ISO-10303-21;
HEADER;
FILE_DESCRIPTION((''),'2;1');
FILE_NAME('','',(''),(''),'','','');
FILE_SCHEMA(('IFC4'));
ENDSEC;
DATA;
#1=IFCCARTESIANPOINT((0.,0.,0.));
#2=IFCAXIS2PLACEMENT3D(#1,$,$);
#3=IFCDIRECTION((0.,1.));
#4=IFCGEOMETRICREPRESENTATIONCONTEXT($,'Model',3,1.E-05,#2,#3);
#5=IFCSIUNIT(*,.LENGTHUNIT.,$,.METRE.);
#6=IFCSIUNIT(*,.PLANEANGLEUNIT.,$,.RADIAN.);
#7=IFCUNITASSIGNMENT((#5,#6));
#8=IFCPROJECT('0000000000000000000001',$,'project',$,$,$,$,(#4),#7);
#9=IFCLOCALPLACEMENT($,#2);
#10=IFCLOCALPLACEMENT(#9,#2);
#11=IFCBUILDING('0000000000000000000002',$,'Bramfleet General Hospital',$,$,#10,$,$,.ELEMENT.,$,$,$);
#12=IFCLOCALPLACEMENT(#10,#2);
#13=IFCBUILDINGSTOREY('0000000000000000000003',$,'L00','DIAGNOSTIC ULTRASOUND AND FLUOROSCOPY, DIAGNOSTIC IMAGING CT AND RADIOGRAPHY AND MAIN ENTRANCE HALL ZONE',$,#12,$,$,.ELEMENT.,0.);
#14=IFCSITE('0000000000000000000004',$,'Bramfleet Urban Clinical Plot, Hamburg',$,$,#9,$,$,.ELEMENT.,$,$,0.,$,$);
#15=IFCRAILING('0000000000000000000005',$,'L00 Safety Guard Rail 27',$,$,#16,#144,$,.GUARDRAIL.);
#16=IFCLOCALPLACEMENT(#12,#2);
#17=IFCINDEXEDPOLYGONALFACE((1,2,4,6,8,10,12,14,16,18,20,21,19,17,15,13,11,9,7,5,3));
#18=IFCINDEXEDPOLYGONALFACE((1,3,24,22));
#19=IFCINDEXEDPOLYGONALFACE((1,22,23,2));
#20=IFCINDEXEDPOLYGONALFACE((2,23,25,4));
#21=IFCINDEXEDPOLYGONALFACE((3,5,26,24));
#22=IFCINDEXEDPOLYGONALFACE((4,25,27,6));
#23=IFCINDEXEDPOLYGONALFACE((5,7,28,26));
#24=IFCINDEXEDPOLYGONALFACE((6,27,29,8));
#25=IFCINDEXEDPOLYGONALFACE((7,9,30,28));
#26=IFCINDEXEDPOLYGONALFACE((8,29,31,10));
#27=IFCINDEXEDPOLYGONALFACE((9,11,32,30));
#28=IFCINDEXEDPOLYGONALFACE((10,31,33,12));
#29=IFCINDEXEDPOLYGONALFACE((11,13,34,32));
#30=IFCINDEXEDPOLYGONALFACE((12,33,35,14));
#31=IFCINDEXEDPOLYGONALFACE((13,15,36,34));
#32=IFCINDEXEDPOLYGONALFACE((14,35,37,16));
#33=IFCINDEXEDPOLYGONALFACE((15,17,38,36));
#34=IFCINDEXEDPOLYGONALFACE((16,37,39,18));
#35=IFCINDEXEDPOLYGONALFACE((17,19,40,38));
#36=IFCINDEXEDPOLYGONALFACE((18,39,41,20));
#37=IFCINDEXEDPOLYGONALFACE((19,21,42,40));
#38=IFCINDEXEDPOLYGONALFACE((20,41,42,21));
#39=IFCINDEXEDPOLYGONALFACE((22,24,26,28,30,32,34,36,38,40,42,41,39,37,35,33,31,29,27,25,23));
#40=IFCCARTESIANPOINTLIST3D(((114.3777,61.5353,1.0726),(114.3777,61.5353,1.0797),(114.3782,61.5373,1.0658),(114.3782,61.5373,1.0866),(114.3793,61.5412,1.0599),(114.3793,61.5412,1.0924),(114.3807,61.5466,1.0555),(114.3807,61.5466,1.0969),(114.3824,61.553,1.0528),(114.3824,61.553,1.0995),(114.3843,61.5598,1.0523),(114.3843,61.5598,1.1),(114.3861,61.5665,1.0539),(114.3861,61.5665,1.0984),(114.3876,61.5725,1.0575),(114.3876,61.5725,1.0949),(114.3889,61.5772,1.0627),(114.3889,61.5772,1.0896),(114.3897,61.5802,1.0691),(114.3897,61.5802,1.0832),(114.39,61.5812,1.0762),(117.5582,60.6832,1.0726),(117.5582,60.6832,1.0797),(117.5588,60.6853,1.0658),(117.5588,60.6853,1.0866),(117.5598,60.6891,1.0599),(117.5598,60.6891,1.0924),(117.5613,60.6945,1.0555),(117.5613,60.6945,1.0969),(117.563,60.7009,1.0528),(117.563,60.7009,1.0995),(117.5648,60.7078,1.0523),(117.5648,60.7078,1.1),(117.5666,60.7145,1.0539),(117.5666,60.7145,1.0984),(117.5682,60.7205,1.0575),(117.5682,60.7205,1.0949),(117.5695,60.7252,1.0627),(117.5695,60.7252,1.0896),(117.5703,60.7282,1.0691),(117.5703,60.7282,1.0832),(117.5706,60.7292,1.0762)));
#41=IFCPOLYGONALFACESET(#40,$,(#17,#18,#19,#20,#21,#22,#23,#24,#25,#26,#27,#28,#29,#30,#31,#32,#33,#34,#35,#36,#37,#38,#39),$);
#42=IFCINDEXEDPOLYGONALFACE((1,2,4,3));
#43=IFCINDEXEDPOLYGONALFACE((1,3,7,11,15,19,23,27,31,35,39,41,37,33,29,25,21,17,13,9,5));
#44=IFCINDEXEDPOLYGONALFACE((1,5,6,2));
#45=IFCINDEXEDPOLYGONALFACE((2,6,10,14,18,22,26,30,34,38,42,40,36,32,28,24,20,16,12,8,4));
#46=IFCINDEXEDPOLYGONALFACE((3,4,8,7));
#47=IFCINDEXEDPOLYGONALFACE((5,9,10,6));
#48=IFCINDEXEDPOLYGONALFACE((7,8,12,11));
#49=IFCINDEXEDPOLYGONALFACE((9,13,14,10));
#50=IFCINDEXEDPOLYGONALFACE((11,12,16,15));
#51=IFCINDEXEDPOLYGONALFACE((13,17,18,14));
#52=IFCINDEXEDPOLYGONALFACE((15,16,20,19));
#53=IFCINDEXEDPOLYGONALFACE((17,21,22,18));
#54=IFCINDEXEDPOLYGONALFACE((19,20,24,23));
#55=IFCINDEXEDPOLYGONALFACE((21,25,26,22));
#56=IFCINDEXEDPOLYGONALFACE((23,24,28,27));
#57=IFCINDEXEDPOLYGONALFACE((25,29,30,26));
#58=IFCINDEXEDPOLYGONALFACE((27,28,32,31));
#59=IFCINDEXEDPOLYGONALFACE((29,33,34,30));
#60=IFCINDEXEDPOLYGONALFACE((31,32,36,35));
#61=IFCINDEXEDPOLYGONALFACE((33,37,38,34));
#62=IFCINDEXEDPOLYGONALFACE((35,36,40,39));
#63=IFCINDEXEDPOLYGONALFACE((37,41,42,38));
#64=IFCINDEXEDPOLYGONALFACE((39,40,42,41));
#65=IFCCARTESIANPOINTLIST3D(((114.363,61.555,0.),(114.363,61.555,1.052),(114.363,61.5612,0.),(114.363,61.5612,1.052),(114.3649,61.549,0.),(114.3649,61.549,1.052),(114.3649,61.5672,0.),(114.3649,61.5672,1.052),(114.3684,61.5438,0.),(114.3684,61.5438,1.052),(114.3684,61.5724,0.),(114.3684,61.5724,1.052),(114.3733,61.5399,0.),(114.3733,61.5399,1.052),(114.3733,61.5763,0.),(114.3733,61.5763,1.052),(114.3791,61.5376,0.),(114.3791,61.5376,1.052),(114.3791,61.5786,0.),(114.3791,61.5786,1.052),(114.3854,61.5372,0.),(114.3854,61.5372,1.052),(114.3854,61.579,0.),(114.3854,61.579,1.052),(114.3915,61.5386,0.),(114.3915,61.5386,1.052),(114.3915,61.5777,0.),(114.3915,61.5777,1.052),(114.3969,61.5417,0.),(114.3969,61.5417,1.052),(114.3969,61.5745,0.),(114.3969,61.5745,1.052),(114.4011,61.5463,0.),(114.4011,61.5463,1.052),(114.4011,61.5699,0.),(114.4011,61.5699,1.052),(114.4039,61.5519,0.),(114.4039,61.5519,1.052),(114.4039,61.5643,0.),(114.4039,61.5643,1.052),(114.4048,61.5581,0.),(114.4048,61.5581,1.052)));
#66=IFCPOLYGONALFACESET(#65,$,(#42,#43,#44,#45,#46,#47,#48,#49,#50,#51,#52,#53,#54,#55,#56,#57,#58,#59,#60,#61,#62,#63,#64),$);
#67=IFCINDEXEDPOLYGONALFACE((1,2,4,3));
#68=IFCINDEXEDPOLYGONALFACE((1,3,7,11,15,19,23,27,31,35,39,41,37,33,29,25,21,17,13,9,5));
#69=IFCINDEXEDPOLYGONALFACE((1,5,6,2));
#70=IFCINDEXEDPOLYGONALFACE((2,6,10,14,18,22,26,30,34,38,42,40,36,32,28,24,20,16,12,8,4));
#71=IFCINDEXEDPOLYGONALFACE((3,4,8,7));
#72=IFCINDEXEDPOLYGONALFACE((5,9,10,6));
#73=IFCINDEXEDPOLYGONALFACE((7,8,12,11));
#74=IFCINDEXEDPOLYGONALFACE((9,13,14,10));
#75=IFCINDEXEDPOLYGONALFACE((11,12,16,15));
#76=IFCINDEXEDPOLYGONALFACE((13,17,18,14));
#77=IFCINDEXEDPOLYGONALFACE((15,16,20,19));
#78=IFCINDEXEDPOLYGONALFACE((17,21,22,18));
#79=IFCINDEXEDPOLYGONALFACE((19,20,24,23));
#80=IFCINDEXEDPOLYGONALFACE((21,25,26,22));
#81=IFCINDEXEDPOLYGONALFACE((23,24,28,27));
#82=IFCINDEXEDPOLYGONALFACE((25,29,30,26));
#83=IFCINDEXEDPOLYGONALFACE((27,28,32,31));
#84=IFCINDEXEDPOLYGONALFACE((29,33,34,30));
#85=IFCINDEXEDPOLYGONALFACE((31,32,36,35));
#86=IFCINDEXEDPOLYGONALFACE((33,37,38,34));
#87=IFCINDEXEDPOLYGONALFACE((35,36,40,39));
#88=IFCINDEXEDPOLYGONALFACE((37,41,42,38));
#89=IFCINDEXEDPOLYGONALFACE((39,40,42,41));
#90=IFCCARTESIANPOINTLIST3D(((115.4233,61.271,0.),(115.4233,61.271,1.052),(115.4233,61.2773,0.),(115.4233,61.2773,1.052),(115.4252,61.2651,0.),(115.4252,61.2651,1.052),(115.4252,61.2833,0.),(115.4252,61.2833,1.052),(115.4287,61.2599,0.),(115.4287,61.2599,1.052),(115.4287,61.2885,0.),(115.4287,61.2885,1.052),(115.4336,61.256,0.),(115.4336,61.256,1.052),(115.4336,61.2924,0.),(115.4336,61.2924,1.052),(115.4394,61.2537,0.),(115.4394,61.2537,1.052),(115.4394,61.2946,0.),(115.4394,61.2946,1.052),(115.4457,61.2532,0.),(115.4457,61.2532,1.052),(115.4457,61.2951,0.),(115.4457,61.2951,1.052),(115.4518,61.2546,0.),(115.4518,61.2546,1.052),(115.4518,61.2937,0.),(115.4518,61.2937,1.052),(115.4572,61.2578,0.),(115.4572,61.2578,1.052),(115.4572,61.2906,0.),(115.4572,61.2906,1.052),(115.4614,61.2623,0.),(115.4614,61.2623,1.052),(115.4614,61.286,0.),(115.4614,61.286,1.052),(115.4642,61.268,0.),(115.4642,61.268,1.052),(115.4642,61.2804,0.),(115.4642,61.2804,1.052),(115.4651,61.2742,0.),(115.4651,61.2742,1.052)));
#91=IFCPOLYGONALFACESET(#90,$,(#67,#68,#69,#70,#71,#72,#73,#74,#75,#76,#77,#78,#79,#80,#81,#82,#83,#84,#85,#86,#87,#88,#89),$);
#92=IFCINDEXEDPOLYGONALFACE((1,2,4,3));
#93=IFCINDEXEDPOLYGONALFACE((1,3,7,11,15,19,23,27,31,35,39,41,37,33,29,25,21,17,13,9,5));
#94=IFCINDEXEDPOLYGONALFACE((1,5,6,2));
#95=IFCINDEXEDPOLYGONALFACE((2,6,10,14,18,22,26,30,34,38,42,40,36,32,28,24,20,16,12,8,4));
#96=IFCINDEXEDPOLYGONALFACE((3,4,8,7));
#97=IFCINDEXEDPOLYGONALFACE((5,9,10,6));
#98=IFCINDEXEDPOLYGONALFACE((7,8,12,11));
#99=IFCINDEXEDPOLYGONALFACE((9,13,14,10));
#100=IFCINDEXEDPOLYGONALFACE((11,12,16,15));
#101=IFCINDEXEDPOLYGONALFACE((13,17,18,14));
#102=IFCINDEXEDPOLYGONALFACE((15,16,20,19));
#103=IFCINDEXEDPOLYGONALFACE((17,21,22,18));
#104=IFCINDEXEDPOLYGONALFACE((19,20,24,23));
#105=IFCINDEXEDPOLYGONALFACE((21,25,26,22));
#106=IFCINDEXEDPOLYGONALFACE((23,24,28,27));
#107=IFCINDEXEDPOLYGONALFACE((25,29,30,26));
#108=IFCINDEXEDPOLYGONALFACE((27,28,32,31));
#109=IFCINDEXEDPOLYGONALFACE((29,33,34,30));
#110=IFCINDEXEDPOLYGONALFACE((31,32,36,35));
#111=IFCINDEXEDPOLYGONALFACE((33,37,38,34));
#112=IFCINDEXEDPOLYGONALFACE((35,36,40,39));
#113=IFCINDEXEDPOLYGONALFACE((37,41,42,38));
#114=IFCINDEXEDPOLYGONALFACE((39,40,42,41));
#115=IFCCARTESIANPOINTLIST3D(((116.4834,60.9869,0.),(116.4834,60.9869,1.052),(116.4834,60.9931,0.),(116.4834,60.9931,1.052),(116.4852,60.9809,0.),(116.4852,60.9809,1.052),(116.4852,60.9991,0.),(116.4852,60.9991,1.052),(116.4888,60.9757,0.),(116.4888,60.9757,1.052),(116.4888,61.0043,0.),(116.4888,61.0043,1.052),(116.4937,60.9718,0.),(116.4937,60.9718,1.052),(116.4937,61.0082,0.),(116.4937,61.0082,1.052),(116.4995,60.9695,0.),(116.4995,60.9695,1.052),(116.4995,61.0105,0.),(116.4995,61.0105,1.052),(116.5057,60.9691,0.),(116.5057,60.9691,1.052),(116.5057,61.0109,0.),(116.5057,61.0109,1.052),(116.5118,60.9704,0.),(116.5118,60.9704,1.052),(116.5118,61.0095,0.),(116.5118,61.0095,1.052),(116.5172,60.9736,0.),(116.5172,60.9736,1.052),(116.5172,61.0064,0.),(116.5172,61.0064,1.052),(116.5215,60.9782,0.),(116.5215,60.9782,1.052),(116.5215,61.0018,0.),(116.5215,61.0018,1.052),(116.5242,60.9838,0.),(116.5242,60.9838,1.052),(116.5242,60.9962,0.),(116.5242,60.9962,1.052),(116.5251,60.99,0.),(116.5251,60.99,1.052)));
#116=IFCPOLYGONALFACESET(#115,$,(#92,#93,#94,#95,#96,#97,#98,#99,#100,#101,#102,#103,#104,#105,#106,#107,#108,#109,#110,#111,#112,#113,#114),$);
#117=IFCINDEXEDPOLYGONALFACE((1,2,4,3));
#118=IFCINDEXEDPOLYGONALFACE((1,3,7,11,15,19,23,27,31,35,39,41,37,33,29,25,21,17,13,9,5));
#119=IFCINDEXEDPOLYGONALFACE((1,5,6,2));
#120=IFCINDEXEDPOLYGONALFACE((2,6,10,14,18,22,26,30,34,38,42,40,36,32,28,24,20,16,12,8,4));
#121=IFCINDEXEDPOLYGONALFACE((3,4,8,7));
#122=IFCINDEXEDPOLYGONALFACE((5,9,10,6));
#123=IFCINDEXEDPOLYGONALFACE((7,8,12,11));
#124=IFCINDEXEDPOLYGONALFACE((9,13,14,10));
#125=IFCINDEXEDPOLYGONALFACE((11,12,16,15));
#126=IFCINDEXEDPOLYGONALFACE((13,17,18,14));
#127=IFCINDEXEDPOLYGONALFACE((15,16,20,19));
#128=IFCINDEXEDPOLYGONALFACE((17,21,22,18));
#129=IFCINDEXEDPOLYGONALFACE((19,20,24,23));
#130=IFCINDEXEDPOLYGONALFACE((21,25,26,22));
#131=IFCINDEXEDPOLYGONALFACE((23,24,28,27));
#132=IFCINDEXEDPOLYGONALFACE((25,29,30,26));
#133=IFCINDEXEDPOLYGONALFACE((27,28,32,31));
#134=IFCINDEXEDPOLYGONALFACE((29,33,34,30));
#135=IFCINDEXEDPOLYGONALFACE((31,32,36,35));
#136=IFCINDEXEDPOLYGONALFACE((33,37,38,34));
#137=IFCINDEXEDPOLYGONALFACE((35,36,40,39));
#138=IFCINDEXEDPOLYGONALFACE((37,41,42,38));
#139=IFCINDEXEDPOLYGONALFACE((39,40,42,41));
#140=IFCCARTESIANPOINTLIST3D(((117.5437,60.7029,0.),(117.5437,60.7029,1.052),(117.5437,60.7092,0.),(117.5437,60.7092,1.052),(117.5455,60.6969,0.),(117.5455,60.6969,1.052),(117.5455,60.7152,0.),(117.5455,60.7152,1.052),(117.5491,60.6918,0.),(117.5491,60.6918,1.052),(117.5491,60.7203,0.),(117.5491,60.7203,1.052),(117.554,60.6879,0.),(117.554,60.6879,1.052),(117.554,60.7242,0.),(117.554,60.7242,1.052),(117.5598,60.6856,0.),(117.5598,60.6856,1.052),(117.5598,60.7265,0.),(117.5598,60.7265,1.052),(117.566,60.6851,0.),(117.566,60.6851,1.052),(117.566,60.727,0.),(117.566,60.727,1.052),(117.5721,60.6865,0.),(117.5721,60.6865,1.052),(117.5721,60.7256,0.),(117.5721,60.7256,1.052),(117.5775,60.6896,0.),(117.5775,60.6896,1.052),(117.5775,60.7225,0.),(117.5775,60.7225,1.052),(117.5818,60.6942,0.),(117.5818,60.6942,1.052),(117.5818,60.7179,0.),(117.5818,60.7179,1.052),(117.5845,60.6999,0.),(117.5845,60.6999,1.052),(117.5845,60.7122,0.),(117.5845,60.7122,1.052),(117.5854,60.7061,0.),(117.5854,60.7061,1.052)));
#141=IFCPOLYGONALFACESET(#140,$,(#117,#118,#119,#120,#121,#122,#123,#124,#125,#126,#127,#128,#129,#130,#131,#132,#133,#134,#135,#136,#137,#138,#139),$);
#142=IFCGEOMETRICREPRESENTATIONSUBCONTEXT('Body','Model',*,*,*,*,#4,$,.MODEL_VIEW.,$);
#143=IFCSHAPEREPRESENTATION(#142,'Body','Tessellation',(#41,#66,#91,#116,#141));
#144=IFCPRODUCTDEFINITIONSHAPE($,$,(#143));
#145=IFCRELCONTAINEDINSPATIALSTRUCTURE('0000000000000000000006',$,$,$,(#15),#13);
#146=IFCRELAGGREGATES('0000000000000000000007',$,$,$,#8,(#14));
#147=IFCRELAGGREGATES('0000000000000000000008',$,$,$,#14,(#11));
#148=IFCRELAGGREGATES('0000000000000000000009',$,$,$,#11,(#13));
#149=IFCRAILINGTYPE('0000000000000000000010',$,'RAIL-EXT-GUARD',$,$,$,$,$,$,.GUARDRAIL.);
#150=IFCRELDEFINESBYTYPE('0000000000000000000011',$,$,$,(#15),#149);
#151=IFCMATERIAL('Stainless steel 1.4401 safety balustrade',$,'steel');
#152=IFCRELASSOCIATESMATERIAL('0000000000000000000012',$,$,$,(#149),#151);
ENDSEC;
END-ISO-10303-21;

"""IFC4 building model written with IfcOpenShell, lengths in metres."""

from ifc_helpers import new_model, si_unit, direction, frame, origin, origin_2d, place, context, subcontext, project, spatial, circle, extrude, material, type_object, element, save


model = new_model("IFC4")

# Units and contexts
model_context = context("Model", 3, precision=1e-05, world=origin(), true_north=direction((0.0, 1.0)))
body_context = subcontext(model_context, "Body", "Model", "MODEL_VIEW")
ifc_project = project(units=[si_unit("LENGTHUNIT", "METRE"), si_unit("PLANEANGLEUNIT", "RADIAN")], contexts=[model_context])

# Site, building, storey
site_placement = place(None, origin())
site = spatial("IfcSite", under=ifc_project, at=site_placement, Name="Bramfleet Urban Clinical Plot, Hamburg", CompositionType="ELEMENT", RefElevation=0.0)
building_placement = place(site_placement, origin())
building = spatial("IfcBuilding", under=site, at=building_placement, Name="Bramfleet General Hospital", CompositionType="ELEMENT")
storey_placement = place(building_placement, origin())
storey = spatial("IfcBuildingStorey", under=building, at=storey_placement, Name="L00", Description="DIAGNOSTIC ULTRASOUND AND FLUOROSCOPY, DIAGNOSTIC IMAGING CT AND RADIOGRAPHY AND MAIN ENTRANCE HALL ZONE", CompositionType="ELEMENT", Elevation=0.0)

# Railing
ifc_material_1 = material(Name="Stainless steel 1.4401 safety balustrade", Category="steel")
railing_type = type_object("IfcRailingType", Name="RAIL-EXT-GUARD", PredefinedType="GUARDRAIL", material=ifc_material_1)
railing_1_placement = place(storey_placement, frame((114.3838, 61.5581, 0.0)))
element("IfcRailing", 1, at=railing_1_placement, inside=storey, type_object=railing_type, Name="L00 Safety Guard Rail 27", PredefinedType="GUARDRAIL", context=body_context, shape_type="SweptSolid", body=[
    extrude(circle(Radius=0.0239, at=origin_2d()), frame((0.0, 0.0, 1.0762), z_axis=(0.965941, -0.258761, 0.0), x_axis=(0.258761, 0.965941, 0.0)), (0.0, 0.0, 1.0), 3.2927),
    extrude(circle(Radius=0.021, at=origin_2d()), origin(), (0.0, 0.0, 1.0), 1.052),
    extrude(circle(Radius=0.021, at=origin_2d()), frame((1.0603, -0.2839, 0.0)), (0.0, 0.0, 1.0), 1.052),
    extrude(circle(Radius=0.021, at=origin_2d()), frame((2.1204, -0.5681, 0.0)), (0.0, 0.0, 1.0), 1.052),
    extrude(circle(Radius=0.021, at=origin_2d()), frame((3.1807, -0.8521, 0.0)), (0.0, 0.0, 1.0), 1.052),
])

save(model, "model.ifc")
